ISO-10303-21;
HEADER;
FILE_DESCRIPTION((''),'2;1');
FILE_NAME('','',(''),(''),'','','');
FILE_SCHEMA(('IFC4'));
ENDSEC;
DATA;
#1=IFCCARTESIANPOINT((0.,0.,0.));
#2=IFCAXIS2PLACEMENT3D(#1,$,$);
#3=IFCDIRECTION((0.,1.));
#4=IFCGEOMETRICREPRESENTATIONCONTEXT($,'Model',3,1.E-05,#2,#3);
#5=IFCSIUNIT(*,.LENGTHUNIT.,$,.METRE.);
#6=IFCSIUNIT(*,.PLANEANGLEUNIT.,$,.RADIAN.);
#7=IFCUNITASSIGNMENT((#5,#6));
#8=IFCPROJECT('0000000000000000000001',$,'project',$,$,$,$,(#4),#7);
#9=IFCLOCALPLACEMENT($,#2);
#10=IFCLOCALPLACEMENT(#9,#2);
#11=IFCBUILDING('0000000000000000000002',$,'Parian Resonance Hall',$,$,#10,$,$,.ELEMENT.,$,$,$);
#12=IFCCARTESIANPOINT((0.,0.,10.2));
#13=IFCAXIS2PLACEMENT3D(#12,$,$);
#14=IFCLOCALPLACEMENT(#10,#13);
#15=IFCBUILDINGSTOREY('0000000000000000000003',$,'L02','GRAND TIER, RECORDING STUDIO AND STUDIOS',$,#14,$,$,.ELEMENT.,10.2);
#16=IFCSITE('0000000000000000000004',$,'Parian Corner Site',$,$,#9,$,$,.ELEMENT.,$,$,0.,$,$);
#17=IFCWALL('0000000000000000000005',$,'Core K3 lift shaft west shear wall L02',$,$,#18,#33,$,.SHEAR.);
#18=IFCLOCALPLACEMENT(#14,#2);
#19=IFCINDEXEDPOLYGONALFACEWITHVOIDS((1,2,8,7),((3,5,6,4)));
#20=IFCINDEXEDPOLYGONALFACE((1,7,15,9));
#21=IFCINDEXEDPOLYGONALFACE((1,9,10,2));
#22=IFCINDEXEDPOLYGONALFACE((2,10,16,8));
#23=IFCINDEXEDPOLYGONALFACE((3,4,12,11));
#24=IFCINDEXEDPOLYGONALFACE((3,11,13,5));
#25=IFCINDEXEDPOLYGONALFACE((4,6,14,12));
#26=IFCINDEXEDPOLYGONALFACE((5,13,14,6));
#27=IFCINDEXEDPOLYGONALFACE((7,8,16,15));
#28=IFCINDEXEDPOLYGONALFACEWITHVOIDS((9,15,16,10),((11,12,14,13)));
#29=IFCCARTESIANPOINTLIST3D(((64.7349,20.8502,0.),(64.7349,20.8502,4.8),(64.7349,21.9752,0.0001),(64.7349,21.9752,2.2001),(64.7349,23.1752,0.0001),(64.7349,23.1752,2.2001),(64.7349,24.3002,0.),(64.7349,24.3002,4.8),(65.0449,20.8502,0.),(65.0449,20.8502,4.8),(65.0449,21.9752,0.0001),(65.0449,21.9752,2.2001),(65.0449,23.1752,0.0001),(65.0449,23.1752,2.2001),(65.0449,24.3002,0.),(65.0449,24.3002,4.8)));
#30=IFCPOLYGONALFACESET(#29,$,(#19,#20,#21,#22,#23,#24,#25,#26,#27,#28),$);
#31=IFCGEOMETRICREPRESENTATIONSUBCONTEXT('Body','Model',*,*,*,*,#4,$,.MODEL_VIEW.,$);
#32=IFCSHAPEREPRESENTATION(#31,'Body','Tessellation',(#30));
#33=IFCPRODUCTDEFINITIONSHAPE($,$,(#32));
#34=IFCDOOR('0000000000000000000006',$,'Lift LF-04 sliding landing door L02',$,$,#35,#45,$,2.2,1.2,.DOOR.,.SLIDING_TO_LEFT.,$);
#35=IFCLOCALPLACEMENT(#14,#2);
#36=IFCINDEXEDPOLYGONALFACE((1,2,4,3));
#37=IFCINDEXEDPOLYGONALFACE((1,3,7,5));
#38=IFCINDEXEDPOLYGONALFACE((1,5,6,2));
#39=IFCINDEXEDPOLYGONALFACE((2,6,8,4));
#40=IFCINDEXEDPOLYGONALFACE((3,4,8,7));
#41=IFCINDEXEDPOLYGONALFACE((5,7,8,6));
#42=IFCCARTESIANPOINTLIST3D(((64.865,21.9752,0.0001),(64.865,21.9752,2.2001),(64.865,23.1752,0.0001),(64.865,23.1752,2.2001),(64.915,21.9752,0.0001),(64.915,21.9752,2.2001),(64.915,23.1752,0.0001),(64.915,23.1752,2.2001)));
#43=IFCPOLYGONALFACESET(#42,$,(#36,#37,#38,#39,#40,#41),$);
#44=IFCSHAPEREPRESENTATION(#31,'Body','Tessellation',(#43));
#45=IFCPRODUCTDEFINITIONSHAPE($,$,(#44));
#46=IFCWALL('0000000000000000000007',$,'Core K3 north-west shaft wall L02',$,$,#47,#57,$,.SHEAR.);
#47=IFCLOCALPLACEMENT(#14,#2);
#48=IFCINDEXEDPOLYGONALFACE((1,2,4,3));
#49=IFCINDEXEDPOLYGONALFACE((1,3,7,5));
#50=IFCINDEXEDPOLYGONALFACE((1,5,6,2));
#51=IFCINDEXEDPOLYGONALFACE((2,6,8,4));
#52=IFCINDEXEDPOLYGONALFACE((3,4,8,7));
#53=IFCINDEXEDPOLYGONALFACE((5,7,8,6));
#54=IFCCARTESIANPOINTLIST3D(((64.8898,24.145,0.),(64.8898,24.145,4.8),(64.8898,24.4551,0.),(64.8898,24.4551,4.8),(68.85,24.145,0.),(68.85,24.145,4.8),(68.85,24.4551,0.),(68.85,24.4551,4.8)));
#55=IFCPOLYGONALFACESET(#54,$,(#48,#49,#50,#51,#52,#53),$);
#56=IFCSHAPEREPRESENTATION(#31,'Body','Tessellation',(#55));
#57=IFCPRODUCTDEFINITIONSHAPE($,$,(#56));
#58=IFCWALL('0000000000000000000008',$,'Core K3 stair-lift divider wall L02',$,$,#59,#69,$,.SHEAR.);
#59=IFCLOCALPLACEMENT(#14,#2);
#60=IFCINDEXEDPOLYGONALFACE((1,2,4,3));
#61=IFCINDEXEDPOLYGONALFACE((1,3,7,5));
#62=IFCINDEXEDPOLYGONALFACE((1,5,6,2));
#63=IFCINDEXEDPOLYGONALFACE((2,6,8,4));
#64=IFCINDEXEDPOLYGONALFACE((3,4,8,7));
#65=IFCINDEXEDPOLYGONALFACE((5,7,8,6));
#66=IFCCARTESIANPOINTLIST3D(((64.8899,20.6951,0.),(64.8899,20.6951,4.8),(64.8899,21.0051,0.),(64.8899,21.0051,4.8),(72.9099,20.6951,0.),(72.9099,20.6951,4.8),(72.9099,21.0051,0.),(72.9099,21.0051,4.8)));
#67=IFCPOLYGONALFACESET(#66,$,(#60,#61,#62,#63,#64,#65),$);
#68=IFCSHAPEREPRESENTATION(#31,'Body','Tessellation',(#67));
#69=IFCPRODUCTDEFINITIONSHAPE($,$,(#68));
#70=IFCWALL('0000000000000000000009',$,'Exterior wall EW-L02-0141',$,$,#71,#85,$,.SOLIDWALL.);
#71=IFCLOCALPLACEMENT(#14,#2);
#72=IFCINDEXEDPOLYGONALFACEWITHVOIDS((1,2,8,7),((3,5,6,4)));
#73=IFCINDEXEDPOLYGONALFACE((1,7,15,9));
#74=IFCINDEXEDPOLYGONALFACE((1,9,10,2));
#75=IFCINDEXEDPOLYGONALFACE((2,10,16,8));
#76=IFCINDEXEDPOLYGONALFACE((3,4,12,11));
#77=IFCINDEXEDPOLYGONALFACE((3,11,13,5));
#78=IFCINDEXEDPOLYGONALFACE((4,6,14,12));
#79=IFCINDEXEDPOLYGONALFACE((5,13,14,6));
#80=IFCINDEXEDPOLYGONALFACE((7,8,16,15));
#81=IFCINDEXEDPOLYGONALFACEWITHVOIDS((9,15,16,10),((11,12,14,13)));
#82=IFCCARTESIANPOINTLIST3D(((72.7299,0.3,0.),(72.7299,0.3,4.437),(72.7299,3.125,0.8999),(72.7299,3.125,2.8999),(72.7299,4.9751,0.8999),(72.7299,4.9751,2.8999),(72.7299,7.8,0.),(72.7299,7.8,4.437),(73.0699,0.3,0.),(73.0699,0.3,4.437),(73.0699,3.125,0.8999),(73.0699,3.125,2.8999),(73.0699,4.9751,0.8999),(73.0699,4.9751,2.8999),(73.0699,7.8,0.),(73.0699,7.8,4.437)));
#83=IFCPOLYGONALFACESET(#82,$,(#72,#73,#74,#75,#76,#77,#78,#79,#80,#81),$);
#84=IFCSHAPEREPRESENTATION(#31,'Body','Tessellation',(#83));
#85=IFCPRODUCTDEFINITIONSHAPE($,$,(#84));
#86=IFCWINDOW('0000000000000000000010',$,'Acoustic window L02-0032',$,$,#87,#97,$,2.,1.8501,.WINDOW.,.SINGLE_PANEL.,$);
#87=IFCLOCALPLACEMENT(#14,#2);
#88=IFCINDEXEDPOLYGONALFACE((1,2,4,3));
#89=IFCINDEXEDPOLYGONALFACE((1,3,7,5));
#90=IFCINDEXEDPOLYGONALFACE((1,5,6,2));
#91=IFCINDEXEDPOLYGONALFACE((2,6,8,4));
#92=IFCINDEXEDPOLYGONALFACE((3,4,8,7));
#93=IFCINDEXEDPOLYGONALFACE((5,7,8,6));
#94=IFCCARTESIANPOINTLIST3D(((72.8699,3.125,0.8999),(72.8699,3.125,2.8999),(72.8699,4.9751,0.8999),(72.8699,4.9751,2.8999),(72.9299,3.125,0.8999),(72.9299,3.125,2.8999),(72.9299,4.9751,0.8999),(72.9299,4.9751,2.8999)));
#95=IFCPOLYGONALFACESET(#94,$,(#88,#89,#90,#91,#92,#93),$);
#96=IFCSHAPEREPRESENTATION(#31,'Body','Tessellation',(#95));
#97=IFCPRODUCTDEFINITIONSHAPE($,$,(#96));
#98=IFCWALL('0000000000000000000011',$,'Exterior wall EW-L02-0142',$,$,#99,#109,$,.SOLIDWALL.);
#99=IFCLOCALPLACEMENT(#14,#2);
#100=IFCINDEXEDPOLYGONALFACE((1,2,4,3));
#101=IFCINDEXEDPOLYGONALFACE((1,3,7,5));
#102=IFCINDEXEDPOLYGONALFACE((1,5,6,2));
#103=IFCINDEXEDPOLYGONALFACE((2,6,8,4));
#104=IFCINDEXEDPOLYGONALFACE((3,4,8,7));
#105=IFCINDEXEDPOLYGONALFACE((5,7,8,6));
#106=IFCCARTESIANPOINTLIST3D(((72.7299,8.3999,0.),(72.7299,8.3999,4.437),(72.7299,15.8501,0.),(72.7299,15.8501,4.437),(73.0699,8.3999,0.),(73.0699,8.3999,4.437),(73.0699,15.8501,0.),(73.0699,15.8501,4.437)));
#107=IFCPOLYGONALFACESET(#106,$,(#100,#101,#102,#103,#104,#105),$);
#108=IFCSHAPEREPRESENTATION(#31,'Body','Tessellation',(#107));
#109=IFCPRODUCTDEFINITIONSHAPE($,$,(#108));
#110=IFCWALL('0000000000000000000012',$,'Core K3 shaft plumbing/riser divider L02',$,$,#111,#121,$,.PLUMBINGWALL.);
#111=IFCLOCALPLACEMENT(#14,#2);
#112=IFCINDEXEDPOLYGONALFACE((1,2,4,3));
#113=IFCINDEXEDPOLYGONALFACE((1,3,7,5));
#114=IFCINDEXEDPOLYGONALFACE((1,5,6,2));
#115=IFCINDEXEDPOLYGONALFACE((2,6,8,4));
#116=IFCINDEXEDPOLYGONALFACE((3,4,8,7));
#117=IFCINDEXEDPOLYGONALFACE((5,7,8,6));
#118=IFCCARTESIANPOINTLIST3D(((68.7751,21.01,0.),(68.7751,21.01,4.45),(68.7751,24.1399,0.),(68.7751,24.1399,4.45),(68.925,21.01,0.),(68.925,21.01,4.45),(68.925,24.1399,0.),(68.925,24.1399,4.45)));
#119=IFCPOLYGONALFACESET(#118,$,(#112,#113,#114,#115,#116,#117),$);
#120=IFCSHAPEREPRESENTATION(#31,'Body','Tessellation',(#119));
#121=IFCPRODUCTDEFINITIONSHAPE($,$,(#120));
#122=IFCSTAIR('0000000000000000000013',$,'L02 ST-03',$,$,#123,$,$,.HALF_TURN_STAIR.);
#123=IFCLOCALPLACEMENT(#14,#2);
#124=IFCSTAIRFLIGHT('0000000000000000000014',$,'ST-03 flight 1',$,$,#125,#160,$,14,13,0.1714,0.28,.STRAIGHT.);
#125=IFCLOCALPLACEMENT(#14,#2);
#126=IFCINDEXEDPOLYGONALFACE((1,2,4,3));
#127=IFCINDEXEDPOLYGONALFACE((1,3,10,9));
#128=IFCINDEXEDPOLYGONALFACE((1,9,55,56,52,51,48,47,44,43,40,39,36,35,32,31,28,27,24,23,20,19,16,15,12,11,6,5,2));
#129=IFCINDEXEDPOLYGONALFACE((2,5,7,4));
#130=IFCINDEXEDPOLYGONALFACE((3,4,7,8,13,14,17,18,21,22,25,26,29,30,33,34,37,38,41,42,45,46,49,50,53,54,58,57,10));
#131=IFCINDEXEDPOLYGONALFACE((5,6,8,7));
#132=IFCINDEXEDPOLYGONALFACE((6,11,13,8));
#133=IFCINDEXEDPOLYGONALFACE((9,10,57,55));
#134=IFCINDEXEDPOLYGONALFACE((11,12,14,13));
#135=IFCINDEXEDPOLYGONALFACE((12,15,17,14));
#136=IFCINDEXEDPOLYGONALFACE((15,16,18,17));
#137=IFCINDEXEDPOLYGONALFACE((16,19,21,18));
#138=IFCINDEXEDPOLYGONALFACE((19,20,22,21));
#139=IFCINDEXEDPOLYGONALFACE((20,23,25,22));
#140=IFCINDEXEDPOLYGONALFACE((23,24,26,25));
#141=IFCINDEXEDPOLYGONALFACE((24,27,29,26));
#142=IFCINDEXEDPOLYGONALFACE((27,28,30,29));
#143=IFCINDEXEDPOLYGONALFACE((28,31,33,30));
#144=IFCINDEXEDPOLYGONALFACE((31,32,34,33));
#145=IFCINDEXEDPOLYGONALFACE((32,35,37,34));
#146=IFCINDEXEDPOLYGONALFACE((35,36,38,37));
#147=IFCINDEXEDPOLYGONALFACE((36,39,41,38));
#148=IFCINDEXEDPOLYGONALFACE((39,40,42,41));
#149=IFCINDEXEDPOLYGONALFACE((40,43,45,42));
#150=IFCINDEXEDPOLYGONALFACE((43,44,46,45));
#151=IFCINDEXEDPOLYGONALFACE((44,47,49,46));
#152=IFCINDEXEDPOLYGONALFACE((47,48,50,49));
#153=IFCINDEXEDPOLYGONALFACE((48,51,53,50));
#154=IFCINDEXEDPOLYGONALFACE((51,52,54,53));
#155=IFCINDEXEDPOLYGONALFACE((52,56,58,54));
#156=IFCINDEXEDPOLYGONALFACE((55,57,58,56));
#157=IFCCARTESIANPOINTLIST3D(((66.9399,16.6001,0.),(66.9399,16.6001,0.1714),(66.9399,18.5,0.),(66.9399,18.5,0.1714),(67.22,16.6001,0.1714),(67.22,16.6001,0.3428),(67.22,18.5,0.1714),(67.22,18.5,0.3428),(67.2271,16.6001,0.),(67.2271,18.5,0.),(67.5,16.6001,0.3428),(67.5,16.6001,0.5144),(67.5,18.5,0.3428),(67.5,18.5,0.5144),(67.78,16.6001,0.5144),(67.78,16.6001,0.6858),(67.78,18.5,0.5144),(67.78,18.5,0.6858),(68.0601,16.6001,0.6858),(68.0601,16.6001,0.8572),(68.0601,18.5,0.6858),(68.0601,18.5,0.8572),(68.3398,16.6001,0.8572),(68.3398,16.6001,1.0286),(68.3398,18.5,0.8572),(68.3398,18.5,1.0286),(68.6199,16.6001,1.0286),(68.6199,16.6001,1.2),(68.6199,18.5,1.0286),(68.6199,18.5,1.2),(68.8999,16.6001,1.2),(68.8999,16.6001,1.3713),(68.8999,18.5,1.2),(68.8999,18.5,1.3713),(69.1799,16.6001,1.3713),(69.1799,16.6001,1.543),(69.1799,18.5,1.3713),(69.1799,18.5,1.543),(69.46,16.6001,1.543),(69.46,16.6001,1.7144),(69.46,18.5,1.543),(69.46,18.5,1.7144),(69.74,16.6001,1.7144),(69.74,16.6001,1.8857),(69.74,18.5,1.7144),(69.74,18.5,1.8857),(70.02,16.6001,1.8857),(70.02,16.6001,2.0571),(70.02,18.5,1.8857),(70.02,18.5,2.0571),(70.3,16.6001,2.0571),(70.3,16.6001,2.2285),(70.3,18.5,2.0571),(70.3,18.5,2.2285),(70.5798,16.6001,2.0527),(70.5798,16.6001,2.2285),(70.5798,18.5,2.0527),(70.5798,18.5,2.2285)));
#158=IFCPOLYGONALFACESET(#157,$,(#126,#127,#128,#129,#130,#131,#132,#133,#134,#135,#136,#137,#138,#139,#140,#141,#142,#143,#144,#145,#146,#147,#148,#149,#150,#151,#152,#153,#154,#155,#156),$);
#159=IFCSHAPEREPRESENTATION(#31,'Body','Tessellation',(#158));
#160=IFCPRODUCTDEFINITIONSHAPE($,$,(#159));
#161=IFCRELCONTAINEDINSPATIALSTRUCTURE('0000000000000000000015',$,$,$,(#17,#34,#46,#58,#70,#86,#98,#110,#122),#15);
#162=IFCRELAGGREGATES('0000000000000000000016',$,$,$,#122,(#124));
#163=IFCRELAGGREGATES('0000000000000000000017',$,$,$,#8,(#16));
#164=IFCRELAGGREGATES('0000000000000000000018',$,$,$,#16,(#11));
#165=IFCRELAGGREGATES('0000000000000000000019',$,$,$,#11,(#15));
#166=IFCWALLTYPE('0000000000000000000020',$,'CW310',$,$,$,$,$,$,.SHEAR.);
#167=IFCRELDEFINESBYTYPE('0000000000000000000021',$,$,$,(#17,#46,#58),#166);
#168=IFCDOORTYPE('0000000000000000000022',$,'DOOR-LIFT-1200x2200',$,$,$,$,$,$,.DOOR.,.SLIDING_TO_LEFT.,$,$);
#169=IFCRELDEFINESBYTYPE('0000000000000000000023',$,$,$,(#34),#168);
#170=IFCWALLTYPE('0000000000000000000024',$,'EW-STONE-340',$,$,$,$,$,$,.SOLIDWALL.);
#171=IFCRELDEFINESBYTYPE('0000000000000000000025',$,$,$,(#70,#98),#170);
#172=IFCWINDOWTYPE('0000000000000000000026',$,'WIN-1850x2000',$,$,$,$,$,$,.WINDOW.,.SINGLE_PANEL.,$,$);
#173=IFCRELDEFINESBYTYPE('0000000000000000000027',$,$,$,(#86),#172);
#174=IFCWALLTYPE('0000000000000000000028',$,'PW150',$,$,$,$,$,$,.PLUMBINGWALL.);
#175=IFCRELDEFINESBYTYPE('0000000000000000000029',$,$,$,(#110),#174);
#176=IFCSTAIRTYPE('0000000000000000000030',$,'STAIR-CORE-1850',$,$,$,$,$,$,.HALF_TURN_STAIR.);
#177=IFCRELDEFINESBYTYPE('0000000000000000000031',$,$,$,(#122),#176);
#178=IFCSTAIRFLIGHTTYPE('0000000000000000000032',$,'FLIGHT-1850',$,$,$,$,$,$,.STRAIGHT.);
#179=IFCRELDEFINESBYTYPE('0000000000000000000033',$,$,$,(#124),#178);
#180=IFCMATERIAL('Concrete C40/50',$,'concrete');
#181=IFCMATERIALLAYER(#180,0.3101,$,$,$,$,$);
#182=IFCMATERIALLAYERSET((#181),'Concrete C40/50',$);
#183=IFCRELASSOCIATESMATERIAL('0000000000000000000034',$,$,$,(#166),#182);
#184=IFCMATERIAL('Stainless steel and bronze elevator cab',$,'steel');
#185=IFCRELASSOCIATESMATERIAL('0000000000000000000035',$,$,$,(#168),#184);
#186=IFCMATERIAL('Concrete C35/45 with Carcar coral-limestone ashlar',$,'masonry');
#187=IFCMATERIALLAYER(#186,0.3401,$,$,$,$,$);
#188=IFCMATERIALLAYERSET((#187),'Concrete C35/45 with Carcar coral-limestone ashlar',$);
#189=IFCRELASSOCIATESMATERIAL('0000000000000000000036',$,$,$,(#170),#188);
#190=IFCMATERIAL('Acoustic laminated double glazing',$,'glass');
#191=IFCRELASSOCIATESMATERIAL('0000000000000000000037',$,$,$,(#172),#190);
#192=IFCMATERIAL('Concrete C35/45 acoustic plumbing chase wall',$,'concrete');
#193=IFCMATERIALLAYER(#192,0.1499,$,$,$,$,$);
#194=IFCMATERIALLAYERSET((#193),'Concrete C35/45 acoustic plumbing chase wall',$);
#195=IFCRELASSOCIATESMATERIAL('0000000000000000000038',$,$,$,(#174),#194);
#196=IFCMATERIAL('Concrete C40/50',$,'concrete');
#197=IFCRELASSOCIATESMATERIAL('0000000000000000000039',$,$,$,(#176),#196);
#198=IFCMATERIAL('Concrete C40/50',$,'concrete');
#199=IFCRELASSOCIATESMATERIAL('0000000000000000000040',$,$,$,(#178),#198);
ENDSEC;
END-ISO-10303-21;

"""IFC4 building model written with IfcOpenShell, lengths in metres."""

from ifc_helpers import new_model, si_unit, direction, frame, frame_2d, origin, place, context, subcontext, project, spatial, polyline, rectangle, outline, extrude, material, layer, layer_set, type_object, element, fill, aggregate, save


model = new_model("IFC4")

# Units and contexts
model_context = context("Model", 3, precision=1e-05, world=origin(), true_north=direction((0.0, 1.0)))
body_context = subcontext(model_context, "Body", "Model", "MODEL_VIEW")
ifc_project = project(units=[si_unit("LENGTHUNIT", "METRE"), si_unit("PLANEANGLEUNIT", "RADIAN")], contexts=[model_context])

# Site, building, storey
site_placement = place(None, origin())
site = spatial("IfcSite", under=ifc_project, at=site_placement, Name="Parian Corner Site", CompositionType="ELEMENT", RefElevation=0.0)
building_placement = place(site_placement, origin())
building = spatial("IfcBuilding", under=site, at=building_placement, Name="Parian Resonance Hall", CompositionType="ELEMENT")
storey_placement = place(building_placement, frame((0.0, 0.0, 10.2)))
storey = spatial("IfcBuildingStorey", under=building, at=storey_placement, Name="L02", Description="GRAND TIER, RECORDING STUDIO AND STUDIOS", CompositionType="ELEMENT", Elevation=10.2)

# Wall, opening, door
ifc_material_1 = material(Name="Concrete C40/50", Category="concrete")
ifc_layer_1 = layer(ifc_material_1, 0.3101)
ifc_layer_set_1 = layer_set([ifc_layer_1], Name="Concrete C40/50")
wall_type_1 = type_object("IfcWallType", Name="CW310", PredefinedType="SHEAR", material=ifc_layer_set_1)
wall_1_placement = place(storey_placement, frame((64.8899, 20.8501, 0.0), z_axis=(0.0, 0.0, 1.0), x_axis=(0.0, 1.0, 0.0)))
wall_1 = element("IfcWall", 1, at=wall_1_placement, inside=storey, type_object=wall_type_1, Name="Core K3 lift shaft west shear wall L02", PredefinedType="SHEAR", context=body_context, shape_type="SweptSolid", body=[
    extrude(rectangle(XDim=3.45, YDim=0.3101, at=frame_2d((1.7251, 0.0))), origin(), (0.0, 0.0, 1.0), 4.8),
])
opening_1_placement = place(wall_1_placement, frame((1.125, 0.0, 0.0)))
opening_1 = element("IfcOpeningElement", 2, at=opening_1_placement, cuts=wall_1, PredefinedType="OPENING", context=body_context, shape_type="SweptSolid", body=[
    extrude(rectangle(XDim=1.2, YDim=2.2, at=frame_2d((0.6001, 1.1001))), frame((0.0, 0.165, 0.0), z_axis=(0.0, -1.0, 0.0), x_axis=(1.0, 0.0, 0.0)), (0.0, 0.0, 1.0), 0.3301),
])
ifc_material_2 = material(Name="Stainless steel and bronze elevator cab", Category="steel")
door_type_1 = type_object("IfcDoorType", Name="DOOR-LIFT-1200x2200", OperationType="SLIDING_TO_LEFT", PredefinedType="DOOR", material=ifc_material_2)
door_1_placement = place(opening_1_placement, origin())
door_1 = element("IfcDoor", 3, at=door_1_placement, inside=storey, type_object=door_type_1, Name="Lift LF-04 sliding landing door L02", OperationType="SLIDING_TO_LEFT", OverallHeight=2.2, OverallWidth=1.2, PredefinedType="DOOR", context=body_context, shape_type="SweptSolid", body=[
    extrude(rectangle(XDim=1.2, YDim=2.2, at=frame_2d((0.6001, 1.1001))), frame((0.0, 0.0249, 0.0), z_axis=(0.0, -1.0, 0.0), x_axis=(1.0, 0.0, 0.0)), (0.0, 0.0, 1.0), 0.05),
])
fill(opening_1, door_1)

# Walls
wall_2_placement = place(storey_placement, frame((64.8899, 24.3, 0.0), z_axis=(0.0, 0.0, 1.0), x_axis=(1.0, 0.0, 0.0)))
element("IfcWall", 4, at=wall_2_placement, inside=storey, type_object=wall_type_1, Name="Core K3 north-west shaft wall L02", PredefinedType="SHEAR", context=body_context, shape_type="SweptSolid", body=[
    extrude(rectangle(XDim=3.9602, YDim=0.3101, at=frame_2d((1.98, 0.0))), origin(), (0.0, 0.0, 1.0), 4.8),
])
wall_3_placement = place(storey_placement, frame((64.8899, 20.8501, 0.0), z_axis=(0.0, 0.0, 1.0), x_axis=(1.0, 0.0, 0.0)))
element("IfcWall", 5, at=wall_3_placement, inside=storey, type_object=wall_type_1, Name="Core K3 stair-lift divider wall L02", PredefinedType="SHEAR", context=body_context, shape_type="SweptSolid", body=[
    extrude(rectangle(XDim=8.02, YDim=0.3101, at=frame_2d((4.01, 0.0))), origin(), (0.0, 0.0, 1.0), 4.8),
])

# Wall, opening, window
ifc_material_3 = material(Name="Concrete C35/45 with Carcar coral-limestone ashlar", Category="masonry")
ifc_layer_2 = layer(ifc_material_3, 0.3401)
ifc_layer_set_2 = layer_set([ifc_layer_2], Name="Concrete C35/45 with Carcar coral-limestone ashlar")
wall_type_2 = type_object("IfcWallType", Name="EW-STONE-340", PredefinedType="SOLIDWALL", material=ifc_layer_set_2)
wall_4_placement = place(storey_placement, frame((72.8999, 7.8, 0.0), z_axis=(0.0, 0.0, 1.0), x_axis=(0.0, -1.0, 0.0)))
wall_4 = element("IfcWall", 6, at=wall_4_placement, inside=storey, type_object=wall_type_2, Name="Exterior wall EW-L02-0141", PredefinedType="SOLIDWALL", context=body_context, shape_type="SweptSolid", body=[
    extrude(rectangle(XDim=7.5, YDim=0.3401, at=frame_2d((3.75, 0.0))), origin(), (0.0, 0.0, 1.0), 4.437),
])
opening_2_placement = place(wall_4_placement, frame((2.825, 0.0, 0.8999)))
opening_2 = element("IfcOpeningElement", 7, at=opening_2_placement, cuts=wall_4, PredefinedType="OPENING", context=body_context, shape_type="SweptSolid", body=[
    extrude(rectangle(XDim=1.8501, YDim=2.0, at=frame_2d((0.925, 1.0))), frame((0.0, 0.1799, 0.0), z_axis=(0.0, -1.0, 0.0), x_axis=(1.0, 0.0, 0.0)), (0.0, 0.0, 1.0), 0.3601),
])
ifc_material_4 = material(Name="Acoustic laminated double glazing", Category="glass")
window_type = type_object("IfcWindowType", Name="WIN-1850x2000", PartitioningType="SINGLE_PANEL", PredefinedType="WINDOW", material=ifc_material_4)
window_placement = place(opening_2_placement, origin())
window = element("IfcWindow", 8, at=window_placement, inside=storey, type_object=window_type, Name="Acoustic window L02-0032", OverallHeight=2.0, OverallWidth=1.8501, PartitioningType="SINGLE_PANEL", PredefinedType="WINDOW", context=body_context, shape_type="SweptSolid", body=[
    extrude(rectangle(XDim=1.8501, YDim=2.0, at=frame_2d((0.925, 1.0))), frame((0.0, 0.03, 0.0), z_axis=(0.0, -1.0, 0.0), x_axis=(1.0, 0.0, 0.0)), (0.0, 0.0, 1.0), 0.0601),
])
fill(opening_2, window)

# Walls
wall_5_placement = place(storey_placement, frame((72.8999, 15.8501, 0.0), z_axis=(0.0, 0.0, 1.0), x_axis=(0.0, -1.0, 0.0)))
element("IfcWall", 9, at=wall_5_placement, inside=storey, type_object=wall_type_2, Name="Exterior wall EW-L02-0142", PredefinedType="SOLIDWALL", context=body_context, shape_type="SweptSolid", body=[
    extrude(rectangle(XDim=7.4502, YDim=0.3401, at=frame_2d((3.7251, 0.0))), origin(), (0.0, 0.0, 1.0), 4.437),
])
ifc_material_5 = material(Name="Concrete C35/45 acoustic plumbing chase wall", Category="concrete")
ifc_layer_3 = layer(ifc_material_5, 0.1499)
ifc_layer_set_3 = layer_set([ifc_layer_3], Name="Concrete C35/45 acoustic plumbing chase wall")
wall_type_3 = type_object("IfcWallType", Name="PW150", PredefinedType="PLUMBINGWALL", material=ifc_layer_set_3)
wall_6_placement = place(storey_placement, frame((68.8501, 21.01, 0.0), z_axis=(0.0, 0.0, 1.0), x_axis=(0.0, 1.0, 0.0)))
element("IfcWall", 10, at=wall_6_placement, inside=storey, type_object=wall_type_3, Name="Core K3 shaft plumbing/riser divider L02", PredefinedType="PLUMBINGWALL", context=body_context, shape_type="SweptSolid", body=[
    extrude(rectangle(XDim=3.1299, YDim=0.1499, at=frame_2d((1.5649, 0.0))), origin(), (0.0, 0.0, 1.0), 4.45),
])

# Stair, stair flight
ifc_material_6 = material(Name="Concrete C40/50", Category="concrete")
stair_type = type_object("IfcStairType", Name="STAIR-CORE-1850", PredefinedType="HALF_TURN_STAIR", material=ifc_material_6)
stair_placement = place(storey_placement, origin())
stair = element("IfcStair", 11, at=stair_placement, inside=storey, type_object=stair_type, Name="L02 ST-03", PredefinedType="HALF_TURN_STAIR")
ifc_material_7 = material(Name="Concrete C40/50", Category="concrete")
stair_flight_type = type_object("IfcStairFlightType", Name="FLIGHT-1850", PredefinedType="STRAIGHT", material=ifc_material_7)
stair_flight_1_placement = place(storey_placement, frame((66.9399, 17.55, 0.0), z_axis=(0.0, 0.0, 1.0), x_axis=(1.0, 0.0, 0.0)))
stair_flight_1 = element("IfcStairFlight", 12, at=stair_flight_1_placement, type_object=stair_flight_type, Name="ST-03 flight 1", NumberOfRisers=14, NumberOfTreads=13, PredefinedType="STRAIGHT", RiserHeight=0.1714, TreadLength=0.28, context=body_context, shape_type="SweptSolid", body=[
    extrude(outline(polyline([(0.0, 0.0), (0.0, 0.1714), (0.28, 0.1714), (0.28, 0.3428), (0.5601, 0.3428), (0.5601, 0.5144), (0.8401, 0.5144), (0.8401, 0.6858), (1.1201, 0.6858), (1.1201, 0.8572), (1.3999, 0.8572), (1.3999, 1.0286), (1.6799, 1.0286), (1.6799, 1.2), (1.96, 1.2), (1.96, 1.3713), (2.24, 1.3713), (2.24, 1.543), (2.52, 1.543), (2.52, 1.7144), (2.8, 1.7144), (2.8, 1.8857), (3.0801, 1.8857), (3.0801, 2.0571), (3.3601, 2.0571), (3.3601, 2.2285), (3.6399, 2.2285), (3.6399, 2.3999), (3.6399, 2.0527), (0.2871, 0.0), (0.0, 0.0)])), frame((0.0, 0.95, 0.0), z_axis=(0.0, -1.0, 0.0), x_axis=(1.0, 0.0, 0.0)), (0.0, 0.0, 1.0), 1.8999),
])
aggregate(stair, [stair_flight_1])

save(model, "model.ifc")
